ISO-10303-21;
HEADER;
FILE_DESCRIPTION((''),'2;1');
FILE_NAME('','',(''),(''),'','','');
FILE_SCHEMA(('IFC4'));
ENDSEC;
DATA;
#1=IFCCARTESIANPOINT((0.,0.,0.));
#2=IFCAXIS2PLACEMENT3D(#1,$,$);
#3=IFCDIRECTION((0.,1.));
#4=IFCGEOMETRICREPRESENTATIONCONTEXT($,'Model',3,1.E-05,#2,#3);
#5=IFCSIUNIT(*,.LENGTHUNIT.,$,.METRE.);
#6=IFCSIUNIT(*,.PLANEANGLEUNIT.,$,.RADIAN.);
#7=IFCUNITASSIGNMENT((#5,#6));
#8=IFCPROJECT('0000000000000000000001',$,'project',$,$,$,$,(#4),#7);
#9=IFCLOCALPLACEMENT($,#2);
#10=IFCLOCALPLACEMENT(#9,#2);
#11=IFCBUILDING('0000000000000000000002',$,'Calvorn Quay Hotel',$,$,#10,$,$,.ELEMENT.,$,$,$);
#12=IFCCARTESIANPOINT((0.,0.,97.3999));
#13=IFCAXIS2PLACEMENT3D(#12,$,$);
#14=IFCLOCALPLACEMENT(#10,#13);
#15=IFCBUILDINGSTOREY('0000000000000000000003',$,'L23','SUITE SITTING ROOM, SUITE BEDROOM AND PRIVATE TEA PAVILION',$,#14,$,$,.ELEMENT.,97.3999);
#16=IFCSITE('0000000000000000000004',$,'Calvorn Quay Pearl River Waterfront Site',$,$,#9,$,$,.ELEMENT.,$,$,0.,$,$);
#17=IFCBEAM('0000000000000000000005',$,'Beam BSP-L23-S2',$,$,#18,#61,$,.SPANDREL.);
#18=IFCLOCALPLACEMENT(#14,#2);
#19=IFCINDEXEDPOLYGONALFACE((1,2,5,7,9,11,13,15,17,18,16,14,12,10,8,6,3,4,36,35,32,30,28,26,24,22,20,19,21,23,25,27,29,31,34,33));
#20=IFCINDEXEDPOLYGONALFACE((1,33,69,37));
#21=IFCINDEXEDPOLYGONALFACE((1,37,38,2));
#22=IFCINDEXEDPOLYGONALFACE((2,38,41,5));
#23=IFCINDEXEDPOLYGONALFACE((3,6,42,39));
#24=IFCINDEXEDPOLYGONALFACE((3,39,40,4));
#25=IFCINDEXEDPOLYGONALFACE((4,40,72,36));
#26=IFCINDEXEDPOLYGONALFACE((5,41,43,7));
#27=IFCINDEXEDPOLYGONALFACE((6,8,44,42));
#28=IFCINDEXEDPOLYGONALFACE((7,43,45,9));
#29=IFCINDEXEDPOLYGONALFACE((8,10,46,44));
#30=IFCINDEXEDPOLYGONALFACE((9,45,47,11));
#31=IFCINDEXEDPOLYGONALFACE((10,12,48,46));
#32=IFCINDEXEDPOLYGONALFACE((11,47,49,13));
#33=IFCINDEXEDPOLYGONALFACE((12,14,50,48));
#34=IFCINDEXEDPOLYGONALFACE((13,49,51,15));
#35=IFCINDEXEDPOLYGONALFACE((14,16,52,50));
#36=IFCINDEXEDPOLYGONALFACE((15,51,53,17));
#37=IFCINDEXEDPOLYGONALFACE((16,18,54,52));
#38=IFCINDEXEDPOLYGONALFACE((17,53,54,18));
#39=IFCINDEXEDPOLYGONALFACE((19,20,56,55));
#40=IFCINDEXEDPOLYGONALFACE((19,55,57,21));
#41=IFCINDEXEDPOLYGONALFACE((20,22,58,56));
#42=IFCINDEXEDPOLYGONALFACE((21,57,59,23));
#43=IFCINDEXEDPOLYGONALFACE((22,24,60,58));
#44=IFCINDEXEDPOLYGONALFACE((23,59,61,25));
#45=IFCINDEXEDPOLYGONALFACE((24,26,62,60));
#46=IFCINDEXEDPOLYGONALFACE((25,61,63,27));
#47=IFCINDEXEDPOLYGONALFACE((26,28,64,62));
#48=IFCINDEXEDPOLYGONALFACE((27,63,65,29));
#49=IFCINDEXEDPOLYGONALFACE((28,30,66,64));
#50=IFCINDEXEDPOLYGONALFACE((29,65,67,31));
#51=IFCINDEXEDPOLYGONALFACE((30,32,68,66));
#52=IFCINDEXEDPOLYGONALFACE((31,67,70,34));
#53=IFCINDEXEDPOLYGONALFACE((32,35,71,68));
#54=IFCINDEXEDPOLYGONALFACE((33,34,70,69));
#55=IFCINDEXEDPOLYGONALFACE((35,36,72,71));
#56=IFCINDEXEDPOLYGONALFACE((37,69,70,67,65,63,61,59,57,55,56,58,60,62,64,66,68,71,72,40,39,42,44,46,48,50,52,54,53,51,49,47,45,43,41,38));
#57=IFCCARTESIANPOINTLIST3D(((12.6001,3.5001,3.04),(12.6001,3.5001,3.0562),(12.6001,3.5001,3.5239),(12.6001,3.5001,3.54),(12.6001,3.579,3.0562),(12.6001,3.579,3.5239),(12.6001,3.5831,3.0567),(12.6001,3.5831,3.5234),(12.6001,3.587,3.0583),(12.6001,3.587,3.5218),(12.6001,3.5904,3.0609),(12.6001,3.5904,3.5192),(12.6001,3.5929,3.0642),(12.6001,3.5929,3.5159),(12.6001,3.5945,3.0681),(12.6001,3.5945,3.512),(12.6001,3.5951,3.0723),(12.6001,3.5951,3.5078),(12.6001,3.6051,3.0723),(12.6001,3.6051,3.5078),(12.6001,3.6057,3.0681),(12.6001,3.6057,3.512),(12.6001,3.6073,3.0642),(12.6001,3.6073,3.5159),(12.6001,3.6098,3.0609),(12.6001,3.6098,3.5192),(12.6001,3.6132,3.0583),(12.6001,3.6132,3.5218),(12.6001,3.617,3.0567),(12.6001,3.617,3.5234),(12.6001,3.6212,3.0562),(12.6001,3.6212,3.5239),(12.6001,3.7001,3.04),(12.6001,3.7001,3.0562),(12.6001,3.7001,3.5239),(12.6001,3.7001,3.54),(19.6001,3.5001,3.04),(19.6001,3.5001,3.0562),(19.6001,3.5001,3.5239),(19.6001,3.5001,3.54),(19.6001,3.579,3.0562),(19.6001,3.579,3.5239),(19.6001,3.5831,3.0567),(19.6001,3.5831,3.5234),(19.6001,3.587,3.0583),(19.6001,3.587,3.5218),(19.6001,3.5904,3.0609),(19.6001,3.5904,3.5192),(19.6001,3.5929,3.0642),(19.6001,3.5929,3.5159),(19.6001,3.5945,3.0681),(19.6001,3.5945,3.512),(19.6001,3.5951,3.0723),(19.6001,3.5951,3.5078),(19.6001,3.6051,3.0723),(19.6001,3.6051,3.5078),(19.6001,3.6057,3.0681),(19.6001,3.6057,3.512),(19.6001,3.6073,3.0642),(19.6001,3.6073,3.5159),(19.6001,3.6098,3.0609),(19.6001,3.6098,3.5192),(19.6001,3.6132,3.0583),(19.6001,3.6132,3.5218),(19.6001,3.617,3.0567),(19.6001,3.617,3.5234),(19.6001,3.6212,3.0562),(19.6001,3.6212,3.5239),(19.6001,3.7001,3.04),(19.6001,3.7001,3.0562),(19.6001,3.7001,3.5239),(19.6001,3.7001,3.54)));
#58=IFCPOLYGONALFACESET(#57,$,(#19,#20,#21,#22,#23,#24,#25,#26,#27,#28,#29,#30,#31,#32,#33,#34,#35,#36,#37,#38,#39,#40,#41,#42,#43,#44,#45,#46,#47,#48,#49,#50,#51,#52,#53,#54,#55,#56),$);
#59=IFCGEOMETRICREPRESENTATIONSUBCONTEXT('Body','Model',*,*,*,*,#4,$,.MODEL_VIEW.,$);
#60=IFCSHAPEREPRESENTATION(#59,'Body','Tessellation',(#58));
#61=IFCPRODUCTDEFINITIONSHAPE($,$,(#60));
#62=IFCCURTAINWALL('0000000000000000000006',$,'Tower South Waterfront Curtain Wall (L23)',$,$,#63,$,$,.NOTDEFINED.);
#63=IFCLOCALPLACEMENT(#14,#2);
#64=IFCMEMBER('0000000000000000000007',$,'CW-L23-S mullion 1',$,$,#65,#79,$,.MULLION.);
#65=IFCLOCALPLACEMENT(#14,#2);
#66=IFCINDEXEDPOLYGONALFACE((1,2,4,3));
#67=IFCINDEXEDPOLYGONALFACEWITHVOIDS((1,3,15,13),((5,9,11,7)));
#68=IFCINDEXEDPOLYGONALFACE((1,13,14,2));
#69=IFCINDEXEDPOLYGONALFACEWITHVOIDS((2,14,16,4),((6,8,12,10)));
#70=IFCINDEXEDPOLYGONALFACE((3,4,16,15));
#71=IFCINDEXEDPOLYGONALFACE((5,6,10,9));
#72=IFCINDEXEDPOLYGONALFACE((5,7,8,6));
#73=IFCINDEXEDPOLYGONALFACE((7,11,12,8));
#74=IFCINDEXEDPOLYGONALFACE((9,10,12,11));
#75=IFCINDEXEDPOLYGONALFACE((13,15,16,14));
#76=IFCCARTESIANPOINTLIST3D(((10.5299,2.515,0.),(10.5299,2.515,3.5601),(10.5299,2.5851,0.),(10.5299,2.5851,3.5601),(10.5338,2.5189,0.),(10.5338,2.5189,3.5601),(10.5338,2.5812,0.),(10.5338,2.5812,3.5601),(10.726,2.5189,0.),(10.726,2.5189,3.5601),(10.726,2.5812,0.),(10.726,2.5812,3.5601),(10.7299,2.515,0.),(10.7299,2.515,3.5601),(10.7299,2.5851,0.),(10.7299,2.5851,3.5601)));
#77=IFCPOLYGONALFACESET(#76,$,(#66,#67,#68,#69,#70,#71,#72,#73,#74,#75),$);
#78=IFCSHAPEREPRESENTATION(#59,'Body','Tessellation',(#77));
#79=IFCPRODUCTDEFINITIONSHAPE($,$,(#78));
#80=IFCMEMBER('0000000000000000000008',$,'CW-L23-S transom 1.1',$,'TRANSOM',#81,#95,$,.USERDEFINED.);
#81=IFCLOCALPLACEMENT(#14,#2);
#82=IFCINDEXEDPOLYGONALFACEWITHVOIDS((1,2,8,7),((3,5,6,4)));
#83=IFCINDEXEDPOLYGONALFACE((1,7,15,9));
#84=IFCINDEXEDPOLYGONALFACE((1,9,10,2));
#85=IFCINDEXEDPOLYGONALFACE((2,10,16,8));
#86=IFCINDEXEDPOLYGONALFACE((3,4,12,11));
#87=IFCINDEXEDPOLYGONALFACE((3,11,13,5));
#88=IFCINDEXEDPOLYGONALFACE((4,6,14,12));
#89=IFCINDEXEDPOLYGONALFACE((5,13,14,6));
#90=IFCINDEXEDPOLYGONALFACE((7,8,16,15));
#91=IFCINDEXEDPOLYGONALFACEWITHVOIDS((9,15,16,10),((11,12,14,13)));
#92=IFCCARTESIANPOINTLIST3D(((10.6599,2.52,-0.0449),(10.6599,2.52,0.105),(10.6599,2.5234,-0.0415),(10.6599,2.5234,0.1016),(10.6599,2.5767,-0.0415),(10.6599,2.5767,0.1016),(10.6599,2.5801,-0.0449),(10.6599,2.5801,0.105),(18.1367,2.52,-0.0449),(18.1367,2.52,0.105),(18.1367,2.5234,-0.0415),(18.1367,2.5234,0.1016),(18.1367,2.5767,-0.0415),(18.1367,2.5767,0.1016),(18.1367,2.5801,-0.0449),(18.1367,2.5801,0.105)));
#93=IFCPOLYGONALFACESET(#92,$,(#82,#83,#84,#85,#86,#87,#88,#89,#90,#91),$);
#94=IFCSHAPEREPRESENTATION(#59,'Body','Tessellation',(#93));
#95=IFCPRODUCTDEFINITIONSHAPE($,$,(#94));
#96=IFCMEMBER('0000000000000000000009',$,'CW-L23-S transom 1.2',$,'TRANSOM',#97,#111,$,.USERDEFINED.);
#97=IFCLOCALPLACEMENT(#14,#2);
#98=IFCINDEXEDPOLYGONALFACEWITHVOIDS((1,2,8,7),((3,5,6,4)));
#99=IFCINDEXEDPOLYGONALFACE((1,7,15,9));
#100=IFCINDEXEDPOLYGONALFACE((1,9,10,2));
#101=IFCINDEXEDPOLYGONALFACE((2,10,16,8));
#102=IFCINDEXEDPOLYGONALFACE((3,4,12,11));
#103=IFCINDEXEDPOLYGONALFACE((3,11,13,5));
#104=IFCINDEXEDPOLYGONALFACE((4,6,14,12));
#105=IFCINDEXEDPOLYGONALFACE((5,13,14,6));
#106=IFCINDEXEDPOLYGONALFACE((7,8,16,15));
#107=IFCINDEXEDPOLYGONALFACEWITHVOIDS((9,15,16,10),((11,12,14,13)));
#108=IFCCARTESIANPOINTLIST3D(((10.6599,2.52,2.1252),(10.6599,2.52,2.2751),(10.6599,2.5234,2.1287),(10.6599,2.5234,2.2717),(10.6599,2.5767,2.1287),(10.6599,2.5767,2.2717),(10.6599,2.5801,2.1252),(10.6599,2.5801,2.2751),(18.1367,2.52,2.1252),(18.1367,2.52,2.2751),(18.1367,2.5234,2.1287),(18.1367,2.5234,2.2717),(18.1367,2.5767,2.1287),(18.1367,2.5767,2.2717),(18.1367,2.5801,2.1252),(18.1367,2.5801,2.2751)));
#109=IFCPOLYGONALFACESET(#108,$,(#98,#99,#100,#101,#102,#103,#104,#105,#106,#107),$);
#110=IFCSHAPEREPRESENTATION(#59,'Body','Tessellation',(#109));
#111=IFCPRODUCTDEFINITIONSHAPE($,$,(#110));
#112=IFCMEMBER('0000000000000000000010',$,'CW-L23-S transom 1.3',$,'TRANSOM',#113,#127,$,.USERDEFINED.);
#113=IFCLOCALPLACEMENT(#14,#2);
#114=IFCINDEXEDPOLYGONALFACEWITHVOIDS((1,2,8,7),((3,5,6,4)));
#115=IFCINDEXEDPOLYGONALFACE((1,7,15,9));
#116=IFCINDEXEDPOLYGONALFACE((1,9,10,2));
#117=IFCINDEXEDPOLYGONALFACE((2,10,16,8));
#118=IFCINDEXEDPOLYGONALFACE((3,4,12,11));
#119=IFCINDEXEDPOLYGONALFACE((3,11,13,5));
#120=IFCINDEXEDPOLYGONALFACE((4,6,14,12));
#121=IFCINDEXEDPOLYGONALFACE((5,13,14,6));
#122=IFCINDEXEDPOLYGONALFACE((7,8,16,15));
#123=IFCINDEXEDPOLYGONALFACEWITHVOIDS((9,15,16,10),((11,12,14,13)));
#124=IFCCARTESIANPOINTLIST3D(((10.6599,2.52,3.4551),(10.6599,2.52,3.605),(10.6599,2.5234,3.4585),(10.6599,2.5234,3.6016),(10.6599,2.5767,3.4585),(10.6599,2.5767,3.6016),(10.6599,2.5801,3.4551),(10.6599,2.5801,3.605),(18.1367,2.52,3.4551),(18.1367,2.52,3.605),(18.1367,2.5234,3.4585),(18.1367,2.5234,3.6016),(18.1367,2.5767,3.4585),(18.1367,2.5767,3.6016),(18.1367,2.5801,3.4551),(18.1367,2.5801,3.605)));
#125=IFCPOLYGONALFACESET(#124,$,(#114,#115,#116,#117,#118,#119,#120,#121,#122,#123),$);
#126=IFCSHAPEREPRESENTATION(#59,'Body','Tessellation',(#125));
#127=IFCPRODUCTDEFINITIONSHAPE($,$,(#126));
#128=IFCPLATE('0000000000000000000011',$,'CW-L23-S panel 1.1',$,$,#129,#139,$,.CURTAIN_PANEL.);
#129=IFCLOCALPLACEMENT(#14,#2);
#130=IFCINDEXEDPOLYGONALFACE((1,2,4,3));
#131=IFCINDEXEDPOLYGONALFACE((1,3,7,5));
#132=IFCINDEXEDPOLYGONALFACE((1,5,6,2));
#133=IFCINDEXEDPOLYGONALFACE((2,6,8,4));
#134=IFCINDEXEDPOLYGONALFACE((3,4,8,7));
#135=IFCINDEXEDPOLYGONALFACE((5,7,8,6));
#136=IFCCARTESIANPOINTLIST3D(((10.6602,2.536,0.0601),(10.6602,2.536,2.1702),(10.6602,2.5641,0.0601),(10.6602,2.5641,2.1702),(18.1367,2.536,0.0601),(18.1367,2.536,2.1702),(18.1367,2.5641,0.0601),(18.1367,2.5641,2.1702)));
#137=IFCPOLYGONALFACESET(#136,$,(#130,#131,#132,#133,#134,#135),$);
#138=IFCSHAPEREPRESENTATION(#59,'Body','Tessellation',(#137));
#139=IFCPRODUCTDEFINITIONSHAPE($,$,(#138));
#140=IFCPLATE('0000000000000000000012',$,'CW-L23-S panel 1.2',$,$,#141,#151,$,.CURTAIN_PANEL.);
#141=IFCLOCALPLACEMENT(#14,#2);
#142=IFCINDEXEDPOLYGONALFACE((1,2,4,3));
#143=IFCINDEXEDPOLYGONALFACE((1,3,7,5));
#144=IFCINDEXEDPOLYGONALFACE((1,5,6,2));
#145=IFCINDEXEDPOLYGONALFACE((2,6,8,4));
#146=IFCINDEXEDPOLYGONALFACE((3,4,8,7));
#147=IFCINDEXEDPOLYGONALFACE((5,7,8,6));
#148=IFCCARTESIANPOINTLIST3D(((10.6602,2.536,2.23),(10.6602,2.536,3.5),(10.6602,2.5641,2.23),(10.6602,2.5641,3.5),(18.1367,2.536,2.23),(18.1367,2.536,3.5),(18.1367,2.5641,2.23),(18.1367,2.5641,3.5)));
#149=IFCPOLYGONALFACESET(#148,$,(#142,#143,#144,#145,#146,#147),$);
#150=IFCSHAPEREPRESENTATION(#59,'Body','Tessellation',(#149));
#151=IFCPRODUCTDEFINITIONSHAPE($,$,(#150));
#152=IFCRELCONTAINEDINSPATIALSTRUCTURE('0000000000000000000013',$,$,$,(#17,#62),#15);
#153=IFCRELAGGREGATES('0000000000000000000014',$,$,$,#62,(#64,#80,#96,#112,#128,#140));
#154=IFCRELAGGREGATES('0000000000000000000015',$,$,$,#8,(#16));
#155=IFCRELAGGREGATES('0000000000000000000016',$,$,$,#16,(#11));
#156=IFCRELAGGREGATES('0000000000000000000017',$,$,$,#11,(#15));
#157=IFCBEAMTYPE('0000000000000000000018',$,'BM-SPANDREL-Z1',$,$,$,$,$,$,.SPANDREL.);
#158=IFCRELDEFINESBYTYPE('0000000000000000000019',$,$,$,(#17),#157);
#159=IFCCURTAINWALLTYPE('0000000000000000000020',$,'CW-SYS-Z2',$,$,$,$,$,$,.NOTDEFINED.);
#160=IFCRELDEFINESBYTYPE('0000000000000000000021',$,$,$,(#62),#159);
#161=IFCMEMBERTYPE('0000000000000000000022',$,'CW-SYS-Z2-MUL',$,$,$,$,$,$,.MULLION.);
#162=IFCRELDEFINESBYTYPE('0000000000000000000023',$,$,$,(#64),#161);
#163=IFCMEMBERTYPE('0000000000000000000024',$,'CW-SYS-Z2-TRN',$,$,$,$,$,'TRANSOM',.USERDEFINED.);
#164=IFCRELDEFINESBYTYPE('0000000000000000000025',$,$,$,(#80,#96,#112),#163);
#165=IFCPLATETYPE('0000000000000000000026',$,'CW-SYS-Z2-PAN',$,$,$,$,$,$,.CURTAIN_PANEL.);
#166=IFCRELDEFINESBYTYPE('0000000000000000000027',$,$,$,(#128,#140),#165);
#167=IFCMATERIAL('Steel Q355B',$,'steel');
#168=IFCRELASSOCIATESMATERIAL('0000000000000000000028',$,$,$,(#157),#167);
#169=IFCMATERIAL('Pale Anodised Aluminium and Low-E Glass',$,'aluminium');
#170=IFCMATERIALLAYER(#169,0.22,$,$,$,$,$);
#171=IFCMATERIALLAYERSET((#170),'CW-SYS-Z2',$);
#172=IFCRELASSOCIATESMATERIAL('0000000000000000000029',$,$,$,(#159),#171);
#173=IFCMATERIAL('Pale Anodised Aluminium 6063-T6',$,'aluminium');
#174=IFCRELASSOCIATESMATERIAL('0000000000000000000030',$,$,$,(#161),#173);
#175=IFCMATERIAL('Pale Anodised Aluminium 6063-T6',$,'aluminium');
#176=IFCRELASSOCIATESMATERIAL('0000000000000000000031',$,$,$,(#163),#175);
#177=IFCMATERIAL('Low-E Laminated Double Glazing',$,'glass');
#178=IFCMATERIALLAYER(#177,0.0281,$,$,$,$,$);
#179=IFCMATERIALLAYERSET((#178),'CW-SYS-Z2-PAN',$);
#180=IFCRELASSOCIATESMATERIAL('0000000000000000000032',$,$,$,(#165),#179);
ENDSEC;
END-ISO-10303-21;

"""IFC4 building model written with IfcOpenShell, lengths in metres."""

from ifc_helpers import new_model, si_unit, direction, frame, origin, origin_2d, place, context, subcontext, project, spatial, rectangle, hollow_rectangle, i_section, extrude, material, layer, layer_set, material_profile, profile_set, type_object, element, aggregate, save


model = new_model("IFC4")

# Units and contexts
model_context = context("Model", 3, precision=1e-05, world=origin(), true_north=direction((0.0, 1.0)))
body_context = subcontext(model_context, "Body", "Model", "MODEL_VIEW")
ifc_project = project(units=[si_unit("LENGTHUNIT", "METRE"), si_unit("PLANEANGLEUNIT", "RADIAN")], contexts=[model_context])

# Site, building, storey
site_placement = place(None, origin())
site = spatial("IfcSite", under=ifc_project, at=site_placement, Name="Calvorn Quay Pearl River Waterfront Site", CompositionType="ELEMENT", RefElevation=0.0)
building_placement = place(site_placement, origin())
building = spatial("IfcBuilding", under=site, at=building_placement, Name="Calvorn Quay Hotel", CompositionType="ELEMENT")
storey_placement = place(building_placement, frame((0.0, 0.0, 97.3999)))
storey = spatial("IfcBuildingStorey", under=building, at=storey_placement, Name="L23", Description="SUITE SITTING ROOM, SUITE BEDROOM AND PRIVATE TEA PAVILION", CompositionType="ELEMENT", Elevation=97.3999)

# Beam
ifc_material_1 = material(Name="Steel Q355B", Category="steel")
ifc_material_profile_1 = material_profile(ifc_material_1, i_section(OverallWidth=0.2, OverallDepth=0.5, WebThickness=0.01, FlangeThickness=0.0161, FilletRadius=0.0161, at=origin_2d()), Name="HN500x200x10x16")
ifc_profile_set_1 = profile_set([ifc_material_profile_1], Name="Steel Q355B")
beam_type_1 = type_object("IfcBeamType", Name="BM-SPANDREL-Z1", PredefinedType="SPANDREL", material=ifc_profile_set_1)
beam_1_placement = place(storey_placement, frame((12.6001, 3.6001, 3.29), z_axis=(1.0, 0.0, 0.0), x_axis=(0.0, 1.0, 0.0)))
element("IfcBeam", 1, at=beam_1_placement, inside=storey, type_object=beam_type_1, Name="Beam BSP-L23-S2", PredefinedType="SPANDREL", context=body_context, shape_type="SweptSolid", body=[
    extrude(i_section(OverallWidth=0.2, OverallDepth=0.5, WebThickness=0.01, FlangeThickness=0.0161, FilletRadius=0.0161, at=origin_2d()), origin(), (0.0, 0.0, 1.0), 7.0),
])

# Curtain wall, members, plates
ifc_material_2 = material(Name="Pale Anodised Aluminium and Low-E Glass", Category="aluminium")
ifc_layer_1 = layer(ifc_material_2, 0.22)
ifc_layer_set_1 = layer_set([ifc_layer_1], Name="CW-SYS-Z2")
curtain_wall_type = type_object("IfcCurtainWallType", Name="CW-SYS-Z2", PredefinedType="NOTDEFINED", material=ifc_layer_set_1)
curtain_wall_placement = place(storey_placement, origin())
curtain_wall = element("IfcCurtainWall", 2, at=curtain_wall_placement, inside=storey, type_object=curtain_wall_type, Name="Tower South Waterfront Curtain Wall (L23)", PredefinedType="NOTDEFINED")
ifc_material_3 = material(Name="Pale Anodised Aluminium 6063-T6", Category="aluminium")
ifc_material_profile_2 = material_profile(ifc_material_3, hollow_rectangle(XDim=0.0701, YDim=0.2, WallThickness=0.0039, at=origin_2d()), Name="ALU-M200x70x4")
ifc_profile_set_2 = profile_set([ifc_material_profile_2], Name="Pale Anodised Aluminium 6063-T6")
member_type_1 = type_object("IfcMemberType", Name="CW-SYS-Z2-MUL", PredefinedType="MULLION", material=ifc_profile_set_2)
member_1_placement = place(storey_placement, frame((10.6299, 2.55, 0.0), z_axis=(0.0, 0.0, 1.0), x_axis=(0.0, 1.0, 0.0)))
member_1 = element("IfcMember", 3, at=member_1_placement, type_object=member_type_1, Name="CW-L23-S mullion 1", PredefinedType="MULLION", context=body_context, shape_type="SweptSolid", body=[
    extrude(hollow_rectangle(XDim=0.0701, YDim=0.2, WallThickness=0.0039, at=origin_2d()), origin(), (0.0, 0.0, 1.0), 3.5601),
])
ifc_material_4 = material(Name="Pale Anodised Aluminium 6063-T6", Category="aluminium")
ifc_material_profile_3 = material_profile(ifc_material_4, hollow_rectangle(XDim=0.0601, YDim=0.1499, WallThickness=0.0034, at=origin_2d()), Name="ALU-T150x60x3.5")
ifc_profile_set_3 = profile_set([ifc_material_profile_3], Name="Pale Anodised Aluminium 6063-T6")
member_type_2 = type_object("IfcMemberType", Name="CW-SYS-Z2-TRN", ElementType="TRANSOM", PredefinedType="USERDEFINED", material=ifc_profile_set_3)
member_2_placement = place(storey_placement, frame((10.6599, 2.55, 0.03), z_axis=(1.0, 0.0, 0.0), x_axis=(0.0, 1.0, 0.0)))
member_2 = element("IfcMember", 4, at=member_2_placement, type_object=member_type_2, Name="CW-L23-S transom 1.1", ObjectType="TRANSOM", PredefinedType="USERDEFINED", context=body_context, shape_type="SweptSolid", body=[
    extrude(hollow_rectangle(XDim=0.0601, YDim=0.1499, WallThickness=0.0034, at=origin_2d()), origin(), (0.0, 0.0, 1.0), 7.4768),
])
member_3_placement = place(storey_placement, frame((10.6599, 2.55, 2.2002), z_axis=(1.0, 0.0, 0.0), x_axis=(0.0, 1.0, 0.0)))
member_3 = element("IfcMember", 5, at=member_3_placement, type_object=member_type_2, Name="CW-L23-S transom 1.2", ObjectType="TRANSOM", PredefinedType="USERDEFINED", context=body_context, shape_type="SweptSolid", body=[
    extrude(hollow_rectangle(XDim=0.0601, YDim=0.1499, WallThickness=0.0034, at=origin_2d()), origin(), (0.0, 0.0, 1.0), 7.4768),
])
member_4_placement = place(storey_placement, frame((10.6599, 2.55, 3.53), z_axis=(1.0, 0.0, 0.0), x_axis=(0.0, 1.0, 0.0)))
member_4 = element("IfcMember", 6, at=member_4_placement, type_object=member_type_2, Name="CW-L23-S transom 1.3", ObjectType="TRANSOM", PredefinedType="USERDEFINED", context=body_context, shape_type="SweptSolid", body=[
    extrude(hollow_rectangle(XDim=0.0601, YDim=0.1499, WallThickness=0.0034, at=origin_2d()), origin(), (0.0, 0.0, 1.0), 7.4768),
])
ifc_material_5 = material(Name="Low-E Laminated Double Glazing", Category="glass")
ifc_layer_2 = layer(ifc_material_5, 0.0281)
ifc_layer_set_2 = layer_set([ifc_layer_2], Name="CW-SYS-Z2-PAN")
plate_type = type_object("IfcPlateType", Name="CW-SYS-Z2-PAN", PredefinedType="CURTAIN_PANEL", material=ifc_layer_set_2)
plate_1_placement = place(storey_placement, frame((14.3984, 2.55, 0.0601), z_axis=(0.0, 0.0, 1.0), x_axis=(1.0, 0.0, 0.0)))
plate_1 = element("IfcPlate", 7, at=plate_1_placement, type_object=plate_type, Name="CW-L23-S panel 1.1", PredefinedType="CURTAIN_PANEL", context=body_context, shape_type="SweptSolid", body=[
    extrude(rectangle(XDim=7.4766, YDim=0.0281, at=origin_2d()), origin(), (0.0, 0.0, 1.0), 2.1101),
])
plate_2_placement = place(storey_placement, frame((14.3984, 2.55, 2.23), z_axis=(0.0, 0.0, 1.0), x_axis=(1.0, 0.0, 0.0)))
plate_2 = element("IfcPlate", 8, at=plate_2_placement, type_object=plate_type, Name="CW-L23-S panel 1.2", PredefinedType="CURTAIN_PANEL", context=body_context, shape_type="SweptSolid", body=[
    extrude(rectangle(XDim=7.4766, YDim=0.0281, at=origin_2d()), origin(), (0.0, 0.0, 1.0), 1.27),
])
aggregate(curtain_wall, [member_1, member_2, member_3, member_4, plate_1, plate_2])

save(model, "model.ifc")
